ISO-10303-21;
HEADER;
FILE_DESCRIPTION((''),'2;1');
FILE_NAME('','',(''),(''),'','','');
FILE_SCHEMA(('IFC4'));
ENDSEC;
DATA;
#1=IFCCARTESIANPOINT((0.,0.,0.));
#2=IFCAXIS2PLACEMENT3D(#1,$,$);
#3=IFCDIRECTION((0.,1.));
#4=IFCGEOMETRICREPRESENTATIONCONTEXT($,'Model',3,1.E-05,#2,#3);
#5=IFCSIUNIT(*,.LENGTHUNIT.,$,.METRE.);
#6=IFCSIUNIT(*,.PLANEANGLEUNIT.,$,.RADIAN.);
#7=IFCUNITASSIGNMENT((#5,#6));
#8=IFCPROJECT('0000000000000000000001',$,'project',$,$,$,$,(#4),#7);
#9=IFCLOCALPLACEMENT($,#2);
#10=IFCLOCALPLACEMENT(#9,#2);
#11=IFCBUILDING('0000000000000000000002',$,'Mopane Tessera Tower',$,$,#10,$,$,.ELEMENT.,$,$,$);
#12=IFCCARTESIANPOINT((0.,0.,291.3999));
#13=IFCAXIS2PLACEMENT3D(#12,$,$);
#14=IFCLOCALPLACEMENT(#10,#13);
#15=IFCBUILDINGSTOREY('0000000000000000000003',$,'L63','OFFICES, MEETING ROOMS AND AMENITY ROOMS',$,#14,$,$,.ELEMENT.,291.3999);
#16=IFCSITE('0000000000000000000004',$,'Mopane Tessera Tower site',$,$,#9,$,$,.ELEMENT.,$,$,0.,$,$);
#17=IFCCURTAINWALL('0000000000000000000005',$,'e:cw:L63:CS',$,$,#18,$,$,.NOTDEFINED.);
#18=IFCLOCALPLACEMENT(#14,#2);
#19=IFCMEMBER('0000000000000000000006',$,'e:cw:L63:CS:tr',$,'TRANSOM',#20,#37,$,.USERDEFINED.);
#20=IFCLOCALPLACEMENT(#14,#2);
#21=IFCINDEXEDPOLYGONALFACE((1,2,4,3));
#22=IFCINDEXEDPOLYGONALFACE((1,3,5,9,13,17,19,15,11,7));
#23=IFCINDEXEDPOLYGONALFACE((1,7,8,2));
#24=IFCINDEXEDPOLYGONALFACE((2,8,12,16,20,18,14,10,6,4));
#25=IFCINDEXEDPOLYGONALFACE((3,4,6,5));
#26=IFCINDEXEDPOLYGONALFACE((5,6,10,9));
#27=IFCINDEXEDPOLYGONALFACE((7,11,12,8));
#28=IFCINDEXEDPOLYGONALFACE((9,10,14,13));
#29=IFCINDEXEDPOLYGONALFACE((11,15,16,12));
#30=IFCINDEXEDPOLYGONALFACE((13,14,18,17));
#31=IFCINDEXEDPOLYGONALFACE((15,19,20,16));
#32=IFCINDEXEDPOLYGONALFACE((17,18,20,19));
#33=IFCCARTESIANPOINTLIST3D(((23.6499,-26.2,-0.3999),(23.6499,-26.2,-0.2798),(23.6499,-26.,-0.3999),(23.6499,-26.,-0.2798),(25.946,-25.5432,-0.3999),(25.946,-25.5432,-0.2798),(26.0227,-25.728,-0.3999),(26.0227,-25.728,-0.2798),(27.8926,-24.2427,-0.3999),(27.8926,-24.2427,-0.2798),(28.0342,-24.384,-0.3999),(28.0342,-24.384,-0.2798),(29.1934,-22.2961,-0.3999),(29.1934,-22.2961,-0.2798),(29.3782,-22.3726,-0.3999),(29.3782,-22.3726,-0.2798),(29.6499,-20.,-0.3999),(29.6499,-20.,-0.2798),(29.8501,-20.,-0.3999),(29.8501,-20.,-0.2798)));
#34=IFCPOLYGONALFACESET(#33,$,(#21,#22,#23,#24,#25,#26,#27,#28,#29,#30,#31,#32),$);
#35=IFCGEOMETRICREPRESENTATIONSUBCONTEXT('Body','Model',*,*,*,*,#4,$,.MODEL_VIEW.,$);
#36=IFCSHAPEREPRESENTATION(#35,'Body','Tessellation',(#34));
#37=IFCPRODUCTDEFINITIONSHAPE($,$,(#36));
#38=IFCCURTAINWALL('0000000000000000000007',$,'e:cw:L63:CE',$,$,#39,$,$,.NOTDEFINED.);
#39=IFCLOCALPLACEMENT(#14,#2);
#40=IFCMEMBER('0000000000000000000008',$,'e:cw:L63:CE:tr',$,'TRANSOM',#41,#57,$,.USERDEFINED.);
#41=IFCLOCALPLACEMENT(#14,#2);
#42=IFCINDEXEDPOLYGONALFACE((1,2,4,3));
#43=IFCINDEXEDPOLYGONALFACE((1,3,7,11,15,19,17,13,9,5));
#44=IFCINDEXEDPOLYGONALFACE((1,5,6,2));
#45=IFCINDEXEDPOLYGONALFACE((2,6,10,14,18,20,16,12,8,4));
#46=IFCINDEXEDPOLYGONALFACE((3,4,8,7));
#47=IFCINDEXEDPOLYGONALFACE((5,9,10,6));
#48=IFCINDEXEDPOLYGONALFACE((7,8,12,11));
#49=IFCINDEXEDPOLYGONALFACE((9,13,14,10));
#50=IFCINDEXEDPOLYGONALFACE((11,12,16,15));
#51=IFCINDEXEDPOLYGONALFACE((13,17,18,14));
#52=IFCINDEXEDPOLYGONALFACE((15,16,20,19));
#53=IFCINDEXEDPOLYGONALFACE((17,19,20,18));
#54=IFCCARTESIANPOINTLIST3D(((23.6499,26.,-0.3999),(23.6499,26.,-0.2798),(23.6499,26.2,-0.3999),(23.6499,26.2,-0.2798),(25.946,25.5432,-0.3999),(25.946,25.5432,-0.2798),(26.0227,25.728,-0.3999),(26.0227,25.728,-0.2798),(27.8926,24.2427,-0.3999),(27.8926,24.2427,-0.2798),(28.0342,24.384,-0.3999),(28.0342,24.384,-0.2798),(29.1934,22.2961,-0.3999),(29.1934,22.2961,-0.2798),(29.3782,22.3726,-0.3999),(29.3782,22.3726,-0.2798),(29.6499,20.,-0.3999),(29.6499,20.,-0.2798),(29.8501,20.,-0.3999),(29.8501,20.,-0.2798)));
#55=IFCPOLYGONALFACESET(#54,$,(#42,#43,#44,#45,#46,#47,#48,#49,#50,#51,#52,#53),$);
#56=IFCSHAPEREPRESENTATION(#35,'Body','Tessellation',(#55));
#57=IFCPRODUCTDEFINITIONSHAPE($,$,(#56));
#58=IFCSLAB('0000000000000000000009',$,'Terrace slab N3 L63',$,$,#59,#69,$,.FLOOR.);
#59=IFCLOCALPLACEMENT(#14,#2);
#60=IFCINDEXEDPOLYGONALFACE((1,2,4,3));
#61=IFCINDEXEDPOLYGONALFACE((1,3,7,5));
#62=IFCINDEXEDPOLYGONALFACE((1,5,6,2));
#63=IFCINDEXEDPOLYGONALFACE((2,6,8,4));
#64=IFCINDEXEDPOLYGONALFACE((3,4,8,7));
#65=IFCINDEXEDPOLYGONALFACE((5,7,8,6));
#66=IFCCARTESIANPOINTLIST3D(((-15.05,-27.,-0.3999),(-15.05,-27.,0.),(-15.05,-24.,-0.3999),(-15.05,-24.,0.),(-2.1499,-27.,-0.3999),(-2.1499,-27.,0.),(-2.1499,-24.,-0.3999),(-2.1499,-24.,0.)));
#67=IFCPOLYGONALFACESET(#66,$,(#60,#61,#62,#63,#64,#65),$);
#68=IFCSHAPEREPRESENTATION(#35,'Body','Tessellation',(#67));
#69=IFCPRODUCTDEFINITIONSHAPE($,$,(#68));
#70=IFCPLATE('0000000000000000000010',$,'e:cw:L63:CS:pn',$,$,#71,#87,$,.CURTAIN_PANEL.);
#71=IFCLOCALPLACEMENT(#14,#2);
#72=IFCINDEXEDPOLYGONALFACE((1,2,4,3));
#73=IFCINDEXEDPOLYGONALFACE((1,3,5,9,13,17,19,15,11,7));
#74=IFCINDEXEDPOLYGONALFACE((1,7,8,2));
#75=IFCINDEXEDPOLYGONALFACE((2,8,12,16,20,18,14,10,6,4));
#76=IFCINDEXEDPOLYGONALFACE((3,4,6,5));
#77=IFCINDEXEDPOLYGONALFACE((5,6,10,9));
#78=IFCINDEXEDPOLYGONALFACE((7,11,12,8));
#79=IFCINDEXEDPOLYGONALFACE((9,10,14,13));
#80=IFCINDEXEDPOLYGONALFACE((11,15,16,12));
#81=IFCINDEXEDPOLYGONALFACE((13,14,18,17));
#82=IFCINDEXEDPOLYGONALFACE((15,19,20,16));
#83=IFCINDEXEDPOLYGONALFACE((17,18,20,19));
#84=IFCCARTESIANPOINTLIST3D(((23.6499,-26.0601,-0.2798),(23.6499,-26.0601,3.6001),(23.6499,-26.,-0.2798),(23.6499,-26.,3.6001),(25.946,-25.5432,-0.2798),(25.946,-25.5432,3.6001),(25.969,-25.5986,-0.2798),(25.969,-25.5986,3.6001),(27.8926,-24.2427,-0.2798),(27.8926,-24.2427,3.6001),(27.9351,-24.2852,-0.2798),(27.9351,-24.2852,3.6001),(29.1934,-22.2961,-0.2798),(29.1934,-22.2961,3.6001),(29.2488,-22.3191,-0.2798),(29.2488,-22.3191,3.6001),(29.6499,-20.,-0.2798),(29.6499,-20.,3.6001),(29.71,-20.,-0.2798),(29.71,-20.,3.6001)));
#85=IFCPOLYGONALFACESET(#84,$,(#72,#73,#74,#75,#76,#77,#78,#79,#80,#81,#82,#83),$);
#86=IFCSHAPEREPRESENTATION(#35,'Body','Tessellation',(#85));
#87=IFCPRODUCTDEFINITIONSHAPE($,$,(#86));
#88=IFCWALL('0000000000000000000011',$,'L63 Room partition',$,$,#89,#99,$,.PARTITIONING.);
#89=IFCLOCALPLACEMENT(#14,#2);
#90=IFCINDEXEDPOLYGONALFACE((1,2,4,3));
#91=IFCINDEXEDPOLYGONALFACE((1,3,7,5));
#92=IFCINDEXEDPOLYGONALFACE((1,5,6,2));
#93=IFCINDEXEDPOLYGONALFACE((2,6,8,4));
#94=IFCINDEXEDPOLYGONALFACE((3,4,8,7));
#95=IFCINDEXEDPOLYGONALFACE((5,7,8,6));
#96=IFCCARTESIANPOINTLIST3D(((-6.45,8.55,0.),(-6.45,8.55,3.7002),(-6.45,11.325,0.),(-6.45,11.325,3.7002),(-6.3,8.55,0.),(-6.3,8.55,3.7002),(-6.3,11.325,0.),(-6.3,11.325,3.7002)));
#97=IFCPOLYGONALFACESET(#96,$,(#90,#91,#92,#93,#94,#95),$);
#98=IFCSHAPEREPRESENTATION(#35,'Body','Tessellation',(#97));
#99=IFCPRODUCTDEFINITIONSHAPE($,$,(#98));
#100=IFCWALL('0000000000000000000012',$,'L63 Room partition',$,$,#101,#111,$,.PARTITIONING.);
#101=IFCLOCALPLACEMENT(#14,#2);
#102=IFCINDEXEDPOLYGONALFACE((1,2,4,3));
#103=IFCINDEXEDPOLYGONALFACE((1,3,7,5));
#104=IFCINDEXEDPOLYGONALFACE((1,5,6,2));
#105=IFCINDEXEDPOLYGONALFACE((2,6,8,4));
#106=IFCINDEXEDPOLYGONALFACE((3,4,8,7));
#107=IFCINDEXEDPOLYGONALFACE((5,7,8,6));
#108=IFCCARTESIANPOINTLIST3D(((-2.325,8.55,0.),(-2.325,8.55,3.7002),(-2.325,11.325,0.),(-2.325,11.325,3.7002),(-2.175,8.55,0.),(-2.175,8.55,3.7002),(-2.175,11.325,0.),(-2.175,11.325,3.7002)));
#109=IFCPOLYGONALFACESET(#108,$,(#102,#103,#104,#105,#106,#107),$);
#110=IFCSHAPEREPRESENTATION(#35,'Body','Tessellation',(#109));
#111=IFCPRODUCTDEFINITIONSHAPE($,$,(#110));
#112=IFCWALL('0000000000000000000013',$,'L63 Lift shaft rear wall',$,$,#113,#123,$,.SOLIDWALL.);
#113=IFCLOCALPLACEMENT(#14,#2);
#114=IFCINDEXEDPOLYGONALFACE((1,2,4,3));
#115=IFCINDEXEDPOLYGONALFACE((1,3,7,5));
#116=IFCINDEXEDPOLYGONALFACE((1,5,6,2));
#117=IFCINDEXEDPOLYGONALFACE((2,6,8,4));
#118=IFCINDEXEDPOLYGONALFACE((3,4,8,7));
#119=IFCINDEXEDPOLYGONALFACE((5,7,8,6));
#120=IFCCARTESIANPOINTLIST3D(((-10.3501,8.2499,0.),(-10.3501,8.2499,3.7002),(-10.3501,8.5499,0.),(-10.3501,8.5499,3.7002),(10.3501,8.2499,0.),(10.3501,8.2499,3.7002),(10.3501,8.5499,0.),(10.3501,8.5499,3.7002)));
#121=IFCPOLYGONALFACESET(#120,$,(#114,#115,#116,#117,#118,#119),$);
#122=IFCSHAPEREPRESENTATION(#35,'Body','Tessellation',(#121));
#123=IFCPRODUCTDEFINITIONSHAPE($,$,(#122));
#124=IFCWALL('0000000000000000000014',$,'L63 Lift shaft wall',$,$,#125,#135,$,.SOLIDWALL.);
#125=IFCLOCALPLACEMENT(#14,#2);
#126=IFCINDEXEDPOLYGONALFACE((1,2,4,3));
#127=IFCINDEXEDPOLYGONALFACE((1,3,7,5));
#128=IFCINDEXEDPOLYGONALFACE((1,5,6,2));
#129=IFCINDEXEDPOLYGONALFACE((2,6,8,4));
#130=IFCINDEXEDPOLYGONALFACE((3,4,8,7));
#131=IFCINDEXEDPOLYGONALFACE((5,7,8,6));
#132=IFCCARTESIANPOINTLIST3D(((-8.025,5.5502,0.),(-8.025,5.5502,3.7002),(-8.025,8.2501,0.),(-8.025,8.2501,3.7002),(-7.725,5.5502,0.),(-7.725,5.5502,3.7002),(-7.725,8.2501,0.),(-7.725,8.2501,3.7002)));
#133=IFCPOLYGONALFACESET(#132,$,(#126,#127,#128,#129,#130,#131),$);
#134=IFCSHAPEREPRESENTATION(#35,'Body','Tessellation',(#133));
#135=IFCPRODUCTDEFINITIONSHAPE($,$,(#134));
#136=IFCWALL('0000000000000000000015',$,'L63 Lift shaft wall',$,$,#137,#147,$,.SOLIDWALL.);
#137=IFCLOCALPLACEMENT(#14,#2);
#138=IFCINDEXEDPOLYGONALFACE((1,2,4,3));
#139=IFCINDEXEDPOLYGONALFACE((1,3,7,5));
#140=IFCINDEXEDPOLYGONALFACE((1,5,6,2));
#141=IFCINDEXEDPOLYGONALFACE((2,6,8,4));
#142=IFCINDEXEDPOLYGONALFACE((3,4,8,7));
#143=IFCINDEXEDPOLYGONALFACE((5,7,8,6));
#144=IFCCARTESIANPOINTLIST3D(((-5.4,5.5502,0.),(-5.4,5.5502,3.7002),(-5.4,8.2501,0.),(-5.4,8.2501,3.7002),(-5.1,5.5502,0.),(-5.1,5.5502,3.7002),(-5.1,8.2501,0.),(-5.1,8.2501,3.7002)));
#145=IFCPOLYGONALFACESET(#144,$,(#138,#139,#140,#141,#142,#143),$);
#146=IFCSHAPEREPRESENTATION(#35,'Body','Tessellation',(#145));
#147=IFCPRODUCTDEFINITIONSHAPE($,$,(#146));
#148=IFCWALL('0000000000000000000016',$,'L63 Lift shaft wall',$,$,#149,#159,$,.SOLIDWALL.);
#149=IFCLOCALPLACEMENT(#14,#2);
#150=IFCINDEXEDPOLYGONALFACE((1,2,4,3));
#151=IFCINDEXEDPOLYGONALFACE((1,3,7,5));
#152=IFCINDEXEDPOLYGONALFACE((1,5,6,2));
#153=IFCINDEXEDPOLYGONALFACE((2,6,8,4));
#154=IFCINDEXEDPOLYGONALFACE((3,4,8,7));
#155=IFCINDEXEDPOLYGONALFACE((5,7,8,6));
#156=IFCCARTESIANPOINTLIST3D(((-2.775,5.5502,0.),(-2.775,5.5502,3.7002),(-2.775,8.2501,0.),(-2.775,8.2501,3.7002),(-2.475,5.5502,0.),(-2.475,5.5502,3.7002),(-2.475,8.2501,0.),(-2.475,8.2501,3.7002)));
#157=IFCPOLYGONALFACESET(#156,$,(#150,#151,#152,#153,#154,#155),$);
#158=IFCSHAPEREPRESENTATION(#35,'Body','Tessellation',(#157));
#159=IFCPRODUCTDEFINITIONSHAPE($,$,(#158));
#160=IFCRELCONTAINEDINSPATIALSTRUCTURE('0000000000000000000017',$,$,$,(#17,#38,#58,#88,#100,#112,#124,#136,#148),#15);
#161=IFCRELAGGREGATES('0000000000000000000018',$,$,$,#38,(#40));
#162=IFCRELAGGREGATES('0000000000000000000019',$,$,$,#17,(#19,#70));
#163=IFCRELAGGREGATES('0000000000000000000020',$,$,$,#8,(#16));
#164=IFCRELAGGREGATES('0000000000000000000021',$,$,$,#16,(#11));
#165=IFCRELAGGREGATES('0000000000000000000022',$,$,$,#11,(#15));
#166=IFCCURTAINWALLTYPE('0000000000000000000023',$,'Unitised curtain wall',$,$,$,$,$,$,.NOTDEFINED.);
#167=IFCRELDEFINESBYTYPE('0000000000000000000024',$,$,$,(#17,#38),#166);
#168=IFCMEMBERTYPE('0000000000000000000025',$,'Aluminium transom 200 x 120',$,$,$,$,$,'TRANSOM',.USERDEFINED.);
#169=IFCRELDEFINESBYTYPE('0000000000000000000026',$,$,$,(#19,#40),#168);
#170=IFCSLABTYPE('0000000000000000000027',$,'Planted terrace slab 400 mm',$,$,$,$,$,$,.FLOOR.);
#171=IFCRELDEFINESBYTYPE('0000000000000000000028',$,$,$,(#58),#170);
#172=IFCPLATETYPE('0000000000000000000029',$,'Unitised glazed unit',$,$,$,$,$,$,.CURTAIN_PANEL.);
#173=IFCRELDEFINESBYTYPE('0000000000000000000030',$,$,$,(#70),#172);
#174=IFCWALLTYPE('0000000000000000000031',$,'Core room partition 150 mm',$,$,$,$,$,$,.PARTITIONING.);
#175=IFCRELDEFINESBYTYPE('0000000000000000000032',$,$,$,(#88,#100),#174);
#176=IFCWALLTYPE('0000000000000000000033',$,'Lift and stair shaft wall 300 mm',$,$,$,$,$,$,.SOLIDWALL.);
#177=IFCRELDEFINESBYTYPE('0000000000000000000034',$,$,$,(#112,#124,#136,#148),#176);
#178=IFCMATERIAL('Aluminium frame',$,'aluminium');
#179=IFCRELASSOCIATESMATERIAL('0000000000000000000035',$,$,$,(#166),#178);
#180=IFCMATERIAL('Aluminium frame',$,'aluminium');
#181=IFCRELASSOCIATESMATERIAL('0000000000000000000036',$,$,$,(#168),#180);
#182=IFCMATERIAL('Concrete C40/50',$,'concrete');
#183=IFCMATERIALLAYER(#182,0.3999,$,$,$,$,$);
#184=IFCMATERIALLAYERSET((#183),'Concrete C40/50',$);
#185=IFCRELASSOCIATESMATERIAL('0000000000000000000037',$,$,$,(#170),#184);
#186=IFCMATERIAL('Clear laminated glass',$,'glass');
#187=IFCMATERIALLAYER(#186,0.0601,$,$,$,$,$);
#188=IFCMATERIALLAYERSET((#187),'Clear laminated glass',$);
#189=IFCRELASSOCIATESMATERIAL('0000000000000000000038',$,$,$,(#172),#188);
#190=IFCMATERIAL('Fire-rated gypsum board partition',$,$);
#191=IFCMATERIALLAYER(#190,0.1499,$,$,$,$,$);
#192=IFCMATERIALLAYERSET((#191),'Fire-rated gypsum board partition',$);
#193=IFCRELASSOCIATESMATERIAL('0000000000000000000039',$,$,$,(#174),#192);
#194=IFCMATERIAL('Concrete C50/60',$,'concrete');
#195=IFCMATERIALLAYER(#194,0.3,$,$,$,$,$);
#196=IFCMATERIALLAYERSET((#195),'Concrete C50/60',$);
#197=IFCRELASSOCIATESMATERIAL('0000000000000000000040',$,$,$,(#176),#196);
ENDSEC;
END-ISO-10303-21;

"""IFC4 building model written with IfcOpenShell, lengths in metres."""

from ifc_helpers import new_model, si_unit, direction, frame, frame_2d, origin, origin_2d, place, context, subcontext, project, spatial, polyline, rectangle, outline, extrude, material, layer, layer_set, material_profile, profile_set, type_object, element, aggregate, save


model = new_model("IFC4")

# Units and contexts
model_context = context("Model", 3, precision=1e-05, world=origin(), true_north=direction((0.0, 1.0)))
body_context = subcontext(model_context, "Body", "Model", "MODEL_VIEW")
ifc_project = project(units=[si_unit("LENGTHUNIT", "METRE"), si_unit("PLANEANGLEUNIT", "RADIAN")], contexts=[model_context])

# Site, building, storey
site_placement = place(None, origin())
site = spatial("IfcSite", under=ifc_project, at=site_placement, Name="Mopane Tessera Tower site", CompositionType="ELEMENT", RefElevation=0.0)
building_placement = place(site_placement, origin())
building = spatial("IfcBuilding", under=site, at=building_placement, Name="Mopane Tessera Tower", CompositionType="ELEMENT")
storey_placement = place(building_placement, frame((0.0, 0.0, 291.3999)))
storey = spatial("IfcBuildingStorey", under=building, at=storey_placement, Name="L63", Description="OFFICES, MEETING ROOMS AND AMENITY ROOMS", CompositionType="ELEMENT", Elevation=291.3999)

# Curtain walls, members
ifc_material_1 = material(Name="Aluminium frame", Category="aluminium")
curtain_wall_type = type_object("IfcCurtainWallType", Name="Unitised curtain wall", PredefinedType="NOTDEFINED", material=ifc_material_1)
curtain_wall_1_placement = place(storey_placement, origin())
curtain_wall_1 = element("IfcCurtainWall", 1, at=curtain_wall_1_placement, inside=storey, type_object=curtain_wall_type, Name="e:cw:L63:CS", PredefinedType="NOTDEFINED")
ifc_material_2 = material(Name="Aluminium frame", Category="aluminium")
ifc_material_profile = material_profile(ifc_material_2, rectangle(XDim=0.2, YDim=0.1201, at=origin_2d()))
ifc_profile_set = profile_set([ifc_material_profile], Name="Aluminium frame")
member_type = type_object("IfcMemberType", Name="Aluminium transom 200 x 120", ElementType="TRANSOM", PredefinedType="USERDEFINED", material=ifc_profile_set)
member_1_placement = place(storey_placement, frame((0.0, 0.0, -0.3999)))
member_1 = element("IfcMember", 2, at=member_1_placement, type_object=member_type, Name="e:cw:L63:CS:tr", ObjectType="TRANSOM", PredefinedType="USERDEFINED", context=body_context, shape_type="SweptSolid", body=[
    extrude(outline(polyline([(23.6499, -26.0), (25.946, -25.5432), (27.8926, -24.2427), (29.1934, -22.2961), (29.6499, -20.0), (29.8501, -20.0), (29.3782, -22.3726), (28.0342, -24.384), (26.0227, -25.728), (23.6499, -26.2), (23.6499, -26.0)])), origin(), (0.0, 0.0, 1.0), 0.1201),
])
curtain_wall_2_placement = place(storey_placement, origin())
curtain_wall_2 = element("IfcCurtainWall", 3, at=curtain_wall_2_placement, inside=storey, type_object=curtain_wall_type, Name="e:cw:L63:CE", PredefinedType="NOTDEFINED")
member_2_placement = place(storey_placement, frame((0.0, 0.0, -0.3999)))
member_2 = element("IfcMember", 4, at=member_2_placement, type_object=member_type, Name="e:cw:L63:CE:tr", ObjectType="TRANSOM", PredefinedType="USERDEFINED", context=body_context, shape_type="SweptSolid", body=[
    extrude(outline(polyline([(29.6499, 20.0), (29.1934, 22.2961), (27.8926, 24.2427), (25.946, 25.5432), (23.6499, 26.0), (23.6499, 26.2), (26.0227, 25.728), (28.0342, 24.384), (29.3782, 22.3726), (29.8501, 20.0), (29.6499, 20.0)])), origin(), (0.0, 0.0, 1.0), 0.1201),
])
aggregate(curtain_wall_2, [member_2])

# Slab
ifc_material_3 = material(Name="Concrete C40/50", Category="concrete")
ifc_layer_1 = layer(ifc_material_3, 0.3999)
ifc_layer_set_1 = layer_set([ifc_layer_1], Name="Concrete C40/50")
slab_type = type_object("IfcSlabType", Name="Planted terrace slab 400 mm", PredefinedType="FLOOR", material=ifc_layer_set_1)
slab_placement = place(storey_placement, frame((0.0, 0.0, -0.3999)))
element("IfcSlab", 5, at=slab_placement, inside=storey, type_object=slab_type, Name="Terrace slab N3 L63", PredefinedType="FLOOR", context=body_context, shape_type="SweptSolid", body=[
    extrude(outline(polyline([(-2.1499, -27.0), (-2.1499, -24.0), (-15.05, -24.0), (-15.05, -27.0), (-2.1499, -27.0)])), origin(), (0.0, 0.0, 1.0), 0.3999),
])

# Plate
ifc_material_4 = material(Name="Clear laminated glass", Category="glass")
ifc_layer_2 = layer(ifc_material_4, 0.0601)
ifc_layer_set_2 = layer_set([ifc_layer_2], Name="Clear laminated glass")
plate_type = type_object("IfcPlateType", Name="Unitised glazed unit", PredefinedType="CURTAIN_PANEL", material=ifc_layer_set_2)
plate_placement = place(storey_placement, frame((0.0, 0.0, -0.2798)))
plate = element("IfcPlate", 6, at=plate_placement, type_object=plate_type, Name="e:cw:L63:CS:pn", PredefinedType="CURTAIN_PANEL", context=body_context, shape_type="SweptSolid", body=[
    extrude(outline(polyline([(23.6499, -26.0), (25.946, -25.5432), (27.8926, -24.2427), (29.1934, -22.2961), (29.6499, -20.0), (29.71, -20.0), (29.2488, -22.3191), (27.9351, -24.2852), (25.969, -25.5986), (23.6499, -26.0601), (23.6499, -26.0)])), origin(), (0.0, 0.0, 1.0), 3.8799),
])
aggregate(curtain_wall_1, [member_1, plate])

# Walls
ifc_material_5 = material(Name="Fire-rated gypsum board partition")
ifc_layer_3 = layer(ifc_material_5, 0.1499)
ifc_layer_set_3 = layer_set([ifc_layer_3], Name="Fire-rated gypsum board partition")
wall_type_1 = type_object("IfcWallType", Name="Core room partition 150 mm", PredefinedType="PARTITIONING", material=ifc_layer_set_3)
for number, where, z_axis, x_axis, name in (
    (7, (-6.375, 8.55, 0.0), (0.0, 0.0, 1.0), (0.0, 1.0, 0.0), "L63 Room partition"),
    (8, (-2.25, 8.55, 0.0), (0.0, 0.0, 1.0), (0.0, 1.0, 0.0), "L63 Room partition"),
):
    element("IfcWall", number, at=place(storey_placement, frame(where, z_axis=z_axis, x_axis=x_axis)), inside=storey, type_object=wall_type_1, Name=name, PredefinedType="PARTITIONING", context=body_context, shape_type="SweptSolid", body=[
        extrude(rectangle(XDim=2.7749, YDim=0.1499, at=frame_2d((1.3875, 0.0))), origin(), (0.0, 0.0, 1.0), 3.7002),
    ])
ifc_material_6 = material(Name="Concrete C50/60", Category="concrete")
ifc_layer_4 = layer(ifc_material_6, 0.3)
ifc_layer_set_4 = layer_set([ifc_layer_4], Name="Concrete C50/60")
wall_type_2 = type_object("IfcWallType", Name="Lift and stair shaft wall 300 mm", PredefinedType="SOLIDWALL", material=ifc_layer_set_4)
wall_1_placement = place(storey_placement, frame((-10.3501, 8.3999, 0.0), z_axis=(0.0, 0.0, 1.0), x_axis=(1.0, 0.0, 0.0)))
element("IfcWall", 9, at=wall_1_placement, inside=storey, type_object=wall_type_2, Name="L63 Lift shaft rear wall", PredefinedType="SOLIDWALL", context=body_context, shape_type="SweptSolid", body=[
    extrude(rectangle(XDim=20.7002, YDim=0.3, at=frame_2d((10.3501, 0.0))), origin(), (0.0, 0.0, 1.0), 3.7002),
])
for number, where, z_axis, x_axis, name in (
    (10, (-7.875, 5.55, 0.0), (0.0, 0.0, 1.0), (0.0, 1.0, 0.0), "L63 Lift shaft wall"),
    (11, (-5.25, 5.55, 0.0), (0.0, 0.0, 1.0), (0.0, 1.0, 0.0), "L63 Lift shaft wall"),
    (12, (-2.625, 5.55, 0.0), (0.0, 0.0, 1.0), (0.0, 1.0, 0.0), "L63 Lift shaft wall"),
):
    element("IfcWall", number, at=place(storey_placement, frame(where, z_axis=z_axis, x_axis=x_axis)), inside=storey, type_object=wall_type_2, Name=name, PredefinedType="SOLIDWALL", context=body_context, shape_type="SweptSolid", body=[
        extrude(rectangle(XDim=2.7, YDim=0.3, at=frame_2d((1.3501, 0.0))), origin(), (0.0, 0.0, 1.0), 3.7002),
    ])

save(model, "model.ifc")
